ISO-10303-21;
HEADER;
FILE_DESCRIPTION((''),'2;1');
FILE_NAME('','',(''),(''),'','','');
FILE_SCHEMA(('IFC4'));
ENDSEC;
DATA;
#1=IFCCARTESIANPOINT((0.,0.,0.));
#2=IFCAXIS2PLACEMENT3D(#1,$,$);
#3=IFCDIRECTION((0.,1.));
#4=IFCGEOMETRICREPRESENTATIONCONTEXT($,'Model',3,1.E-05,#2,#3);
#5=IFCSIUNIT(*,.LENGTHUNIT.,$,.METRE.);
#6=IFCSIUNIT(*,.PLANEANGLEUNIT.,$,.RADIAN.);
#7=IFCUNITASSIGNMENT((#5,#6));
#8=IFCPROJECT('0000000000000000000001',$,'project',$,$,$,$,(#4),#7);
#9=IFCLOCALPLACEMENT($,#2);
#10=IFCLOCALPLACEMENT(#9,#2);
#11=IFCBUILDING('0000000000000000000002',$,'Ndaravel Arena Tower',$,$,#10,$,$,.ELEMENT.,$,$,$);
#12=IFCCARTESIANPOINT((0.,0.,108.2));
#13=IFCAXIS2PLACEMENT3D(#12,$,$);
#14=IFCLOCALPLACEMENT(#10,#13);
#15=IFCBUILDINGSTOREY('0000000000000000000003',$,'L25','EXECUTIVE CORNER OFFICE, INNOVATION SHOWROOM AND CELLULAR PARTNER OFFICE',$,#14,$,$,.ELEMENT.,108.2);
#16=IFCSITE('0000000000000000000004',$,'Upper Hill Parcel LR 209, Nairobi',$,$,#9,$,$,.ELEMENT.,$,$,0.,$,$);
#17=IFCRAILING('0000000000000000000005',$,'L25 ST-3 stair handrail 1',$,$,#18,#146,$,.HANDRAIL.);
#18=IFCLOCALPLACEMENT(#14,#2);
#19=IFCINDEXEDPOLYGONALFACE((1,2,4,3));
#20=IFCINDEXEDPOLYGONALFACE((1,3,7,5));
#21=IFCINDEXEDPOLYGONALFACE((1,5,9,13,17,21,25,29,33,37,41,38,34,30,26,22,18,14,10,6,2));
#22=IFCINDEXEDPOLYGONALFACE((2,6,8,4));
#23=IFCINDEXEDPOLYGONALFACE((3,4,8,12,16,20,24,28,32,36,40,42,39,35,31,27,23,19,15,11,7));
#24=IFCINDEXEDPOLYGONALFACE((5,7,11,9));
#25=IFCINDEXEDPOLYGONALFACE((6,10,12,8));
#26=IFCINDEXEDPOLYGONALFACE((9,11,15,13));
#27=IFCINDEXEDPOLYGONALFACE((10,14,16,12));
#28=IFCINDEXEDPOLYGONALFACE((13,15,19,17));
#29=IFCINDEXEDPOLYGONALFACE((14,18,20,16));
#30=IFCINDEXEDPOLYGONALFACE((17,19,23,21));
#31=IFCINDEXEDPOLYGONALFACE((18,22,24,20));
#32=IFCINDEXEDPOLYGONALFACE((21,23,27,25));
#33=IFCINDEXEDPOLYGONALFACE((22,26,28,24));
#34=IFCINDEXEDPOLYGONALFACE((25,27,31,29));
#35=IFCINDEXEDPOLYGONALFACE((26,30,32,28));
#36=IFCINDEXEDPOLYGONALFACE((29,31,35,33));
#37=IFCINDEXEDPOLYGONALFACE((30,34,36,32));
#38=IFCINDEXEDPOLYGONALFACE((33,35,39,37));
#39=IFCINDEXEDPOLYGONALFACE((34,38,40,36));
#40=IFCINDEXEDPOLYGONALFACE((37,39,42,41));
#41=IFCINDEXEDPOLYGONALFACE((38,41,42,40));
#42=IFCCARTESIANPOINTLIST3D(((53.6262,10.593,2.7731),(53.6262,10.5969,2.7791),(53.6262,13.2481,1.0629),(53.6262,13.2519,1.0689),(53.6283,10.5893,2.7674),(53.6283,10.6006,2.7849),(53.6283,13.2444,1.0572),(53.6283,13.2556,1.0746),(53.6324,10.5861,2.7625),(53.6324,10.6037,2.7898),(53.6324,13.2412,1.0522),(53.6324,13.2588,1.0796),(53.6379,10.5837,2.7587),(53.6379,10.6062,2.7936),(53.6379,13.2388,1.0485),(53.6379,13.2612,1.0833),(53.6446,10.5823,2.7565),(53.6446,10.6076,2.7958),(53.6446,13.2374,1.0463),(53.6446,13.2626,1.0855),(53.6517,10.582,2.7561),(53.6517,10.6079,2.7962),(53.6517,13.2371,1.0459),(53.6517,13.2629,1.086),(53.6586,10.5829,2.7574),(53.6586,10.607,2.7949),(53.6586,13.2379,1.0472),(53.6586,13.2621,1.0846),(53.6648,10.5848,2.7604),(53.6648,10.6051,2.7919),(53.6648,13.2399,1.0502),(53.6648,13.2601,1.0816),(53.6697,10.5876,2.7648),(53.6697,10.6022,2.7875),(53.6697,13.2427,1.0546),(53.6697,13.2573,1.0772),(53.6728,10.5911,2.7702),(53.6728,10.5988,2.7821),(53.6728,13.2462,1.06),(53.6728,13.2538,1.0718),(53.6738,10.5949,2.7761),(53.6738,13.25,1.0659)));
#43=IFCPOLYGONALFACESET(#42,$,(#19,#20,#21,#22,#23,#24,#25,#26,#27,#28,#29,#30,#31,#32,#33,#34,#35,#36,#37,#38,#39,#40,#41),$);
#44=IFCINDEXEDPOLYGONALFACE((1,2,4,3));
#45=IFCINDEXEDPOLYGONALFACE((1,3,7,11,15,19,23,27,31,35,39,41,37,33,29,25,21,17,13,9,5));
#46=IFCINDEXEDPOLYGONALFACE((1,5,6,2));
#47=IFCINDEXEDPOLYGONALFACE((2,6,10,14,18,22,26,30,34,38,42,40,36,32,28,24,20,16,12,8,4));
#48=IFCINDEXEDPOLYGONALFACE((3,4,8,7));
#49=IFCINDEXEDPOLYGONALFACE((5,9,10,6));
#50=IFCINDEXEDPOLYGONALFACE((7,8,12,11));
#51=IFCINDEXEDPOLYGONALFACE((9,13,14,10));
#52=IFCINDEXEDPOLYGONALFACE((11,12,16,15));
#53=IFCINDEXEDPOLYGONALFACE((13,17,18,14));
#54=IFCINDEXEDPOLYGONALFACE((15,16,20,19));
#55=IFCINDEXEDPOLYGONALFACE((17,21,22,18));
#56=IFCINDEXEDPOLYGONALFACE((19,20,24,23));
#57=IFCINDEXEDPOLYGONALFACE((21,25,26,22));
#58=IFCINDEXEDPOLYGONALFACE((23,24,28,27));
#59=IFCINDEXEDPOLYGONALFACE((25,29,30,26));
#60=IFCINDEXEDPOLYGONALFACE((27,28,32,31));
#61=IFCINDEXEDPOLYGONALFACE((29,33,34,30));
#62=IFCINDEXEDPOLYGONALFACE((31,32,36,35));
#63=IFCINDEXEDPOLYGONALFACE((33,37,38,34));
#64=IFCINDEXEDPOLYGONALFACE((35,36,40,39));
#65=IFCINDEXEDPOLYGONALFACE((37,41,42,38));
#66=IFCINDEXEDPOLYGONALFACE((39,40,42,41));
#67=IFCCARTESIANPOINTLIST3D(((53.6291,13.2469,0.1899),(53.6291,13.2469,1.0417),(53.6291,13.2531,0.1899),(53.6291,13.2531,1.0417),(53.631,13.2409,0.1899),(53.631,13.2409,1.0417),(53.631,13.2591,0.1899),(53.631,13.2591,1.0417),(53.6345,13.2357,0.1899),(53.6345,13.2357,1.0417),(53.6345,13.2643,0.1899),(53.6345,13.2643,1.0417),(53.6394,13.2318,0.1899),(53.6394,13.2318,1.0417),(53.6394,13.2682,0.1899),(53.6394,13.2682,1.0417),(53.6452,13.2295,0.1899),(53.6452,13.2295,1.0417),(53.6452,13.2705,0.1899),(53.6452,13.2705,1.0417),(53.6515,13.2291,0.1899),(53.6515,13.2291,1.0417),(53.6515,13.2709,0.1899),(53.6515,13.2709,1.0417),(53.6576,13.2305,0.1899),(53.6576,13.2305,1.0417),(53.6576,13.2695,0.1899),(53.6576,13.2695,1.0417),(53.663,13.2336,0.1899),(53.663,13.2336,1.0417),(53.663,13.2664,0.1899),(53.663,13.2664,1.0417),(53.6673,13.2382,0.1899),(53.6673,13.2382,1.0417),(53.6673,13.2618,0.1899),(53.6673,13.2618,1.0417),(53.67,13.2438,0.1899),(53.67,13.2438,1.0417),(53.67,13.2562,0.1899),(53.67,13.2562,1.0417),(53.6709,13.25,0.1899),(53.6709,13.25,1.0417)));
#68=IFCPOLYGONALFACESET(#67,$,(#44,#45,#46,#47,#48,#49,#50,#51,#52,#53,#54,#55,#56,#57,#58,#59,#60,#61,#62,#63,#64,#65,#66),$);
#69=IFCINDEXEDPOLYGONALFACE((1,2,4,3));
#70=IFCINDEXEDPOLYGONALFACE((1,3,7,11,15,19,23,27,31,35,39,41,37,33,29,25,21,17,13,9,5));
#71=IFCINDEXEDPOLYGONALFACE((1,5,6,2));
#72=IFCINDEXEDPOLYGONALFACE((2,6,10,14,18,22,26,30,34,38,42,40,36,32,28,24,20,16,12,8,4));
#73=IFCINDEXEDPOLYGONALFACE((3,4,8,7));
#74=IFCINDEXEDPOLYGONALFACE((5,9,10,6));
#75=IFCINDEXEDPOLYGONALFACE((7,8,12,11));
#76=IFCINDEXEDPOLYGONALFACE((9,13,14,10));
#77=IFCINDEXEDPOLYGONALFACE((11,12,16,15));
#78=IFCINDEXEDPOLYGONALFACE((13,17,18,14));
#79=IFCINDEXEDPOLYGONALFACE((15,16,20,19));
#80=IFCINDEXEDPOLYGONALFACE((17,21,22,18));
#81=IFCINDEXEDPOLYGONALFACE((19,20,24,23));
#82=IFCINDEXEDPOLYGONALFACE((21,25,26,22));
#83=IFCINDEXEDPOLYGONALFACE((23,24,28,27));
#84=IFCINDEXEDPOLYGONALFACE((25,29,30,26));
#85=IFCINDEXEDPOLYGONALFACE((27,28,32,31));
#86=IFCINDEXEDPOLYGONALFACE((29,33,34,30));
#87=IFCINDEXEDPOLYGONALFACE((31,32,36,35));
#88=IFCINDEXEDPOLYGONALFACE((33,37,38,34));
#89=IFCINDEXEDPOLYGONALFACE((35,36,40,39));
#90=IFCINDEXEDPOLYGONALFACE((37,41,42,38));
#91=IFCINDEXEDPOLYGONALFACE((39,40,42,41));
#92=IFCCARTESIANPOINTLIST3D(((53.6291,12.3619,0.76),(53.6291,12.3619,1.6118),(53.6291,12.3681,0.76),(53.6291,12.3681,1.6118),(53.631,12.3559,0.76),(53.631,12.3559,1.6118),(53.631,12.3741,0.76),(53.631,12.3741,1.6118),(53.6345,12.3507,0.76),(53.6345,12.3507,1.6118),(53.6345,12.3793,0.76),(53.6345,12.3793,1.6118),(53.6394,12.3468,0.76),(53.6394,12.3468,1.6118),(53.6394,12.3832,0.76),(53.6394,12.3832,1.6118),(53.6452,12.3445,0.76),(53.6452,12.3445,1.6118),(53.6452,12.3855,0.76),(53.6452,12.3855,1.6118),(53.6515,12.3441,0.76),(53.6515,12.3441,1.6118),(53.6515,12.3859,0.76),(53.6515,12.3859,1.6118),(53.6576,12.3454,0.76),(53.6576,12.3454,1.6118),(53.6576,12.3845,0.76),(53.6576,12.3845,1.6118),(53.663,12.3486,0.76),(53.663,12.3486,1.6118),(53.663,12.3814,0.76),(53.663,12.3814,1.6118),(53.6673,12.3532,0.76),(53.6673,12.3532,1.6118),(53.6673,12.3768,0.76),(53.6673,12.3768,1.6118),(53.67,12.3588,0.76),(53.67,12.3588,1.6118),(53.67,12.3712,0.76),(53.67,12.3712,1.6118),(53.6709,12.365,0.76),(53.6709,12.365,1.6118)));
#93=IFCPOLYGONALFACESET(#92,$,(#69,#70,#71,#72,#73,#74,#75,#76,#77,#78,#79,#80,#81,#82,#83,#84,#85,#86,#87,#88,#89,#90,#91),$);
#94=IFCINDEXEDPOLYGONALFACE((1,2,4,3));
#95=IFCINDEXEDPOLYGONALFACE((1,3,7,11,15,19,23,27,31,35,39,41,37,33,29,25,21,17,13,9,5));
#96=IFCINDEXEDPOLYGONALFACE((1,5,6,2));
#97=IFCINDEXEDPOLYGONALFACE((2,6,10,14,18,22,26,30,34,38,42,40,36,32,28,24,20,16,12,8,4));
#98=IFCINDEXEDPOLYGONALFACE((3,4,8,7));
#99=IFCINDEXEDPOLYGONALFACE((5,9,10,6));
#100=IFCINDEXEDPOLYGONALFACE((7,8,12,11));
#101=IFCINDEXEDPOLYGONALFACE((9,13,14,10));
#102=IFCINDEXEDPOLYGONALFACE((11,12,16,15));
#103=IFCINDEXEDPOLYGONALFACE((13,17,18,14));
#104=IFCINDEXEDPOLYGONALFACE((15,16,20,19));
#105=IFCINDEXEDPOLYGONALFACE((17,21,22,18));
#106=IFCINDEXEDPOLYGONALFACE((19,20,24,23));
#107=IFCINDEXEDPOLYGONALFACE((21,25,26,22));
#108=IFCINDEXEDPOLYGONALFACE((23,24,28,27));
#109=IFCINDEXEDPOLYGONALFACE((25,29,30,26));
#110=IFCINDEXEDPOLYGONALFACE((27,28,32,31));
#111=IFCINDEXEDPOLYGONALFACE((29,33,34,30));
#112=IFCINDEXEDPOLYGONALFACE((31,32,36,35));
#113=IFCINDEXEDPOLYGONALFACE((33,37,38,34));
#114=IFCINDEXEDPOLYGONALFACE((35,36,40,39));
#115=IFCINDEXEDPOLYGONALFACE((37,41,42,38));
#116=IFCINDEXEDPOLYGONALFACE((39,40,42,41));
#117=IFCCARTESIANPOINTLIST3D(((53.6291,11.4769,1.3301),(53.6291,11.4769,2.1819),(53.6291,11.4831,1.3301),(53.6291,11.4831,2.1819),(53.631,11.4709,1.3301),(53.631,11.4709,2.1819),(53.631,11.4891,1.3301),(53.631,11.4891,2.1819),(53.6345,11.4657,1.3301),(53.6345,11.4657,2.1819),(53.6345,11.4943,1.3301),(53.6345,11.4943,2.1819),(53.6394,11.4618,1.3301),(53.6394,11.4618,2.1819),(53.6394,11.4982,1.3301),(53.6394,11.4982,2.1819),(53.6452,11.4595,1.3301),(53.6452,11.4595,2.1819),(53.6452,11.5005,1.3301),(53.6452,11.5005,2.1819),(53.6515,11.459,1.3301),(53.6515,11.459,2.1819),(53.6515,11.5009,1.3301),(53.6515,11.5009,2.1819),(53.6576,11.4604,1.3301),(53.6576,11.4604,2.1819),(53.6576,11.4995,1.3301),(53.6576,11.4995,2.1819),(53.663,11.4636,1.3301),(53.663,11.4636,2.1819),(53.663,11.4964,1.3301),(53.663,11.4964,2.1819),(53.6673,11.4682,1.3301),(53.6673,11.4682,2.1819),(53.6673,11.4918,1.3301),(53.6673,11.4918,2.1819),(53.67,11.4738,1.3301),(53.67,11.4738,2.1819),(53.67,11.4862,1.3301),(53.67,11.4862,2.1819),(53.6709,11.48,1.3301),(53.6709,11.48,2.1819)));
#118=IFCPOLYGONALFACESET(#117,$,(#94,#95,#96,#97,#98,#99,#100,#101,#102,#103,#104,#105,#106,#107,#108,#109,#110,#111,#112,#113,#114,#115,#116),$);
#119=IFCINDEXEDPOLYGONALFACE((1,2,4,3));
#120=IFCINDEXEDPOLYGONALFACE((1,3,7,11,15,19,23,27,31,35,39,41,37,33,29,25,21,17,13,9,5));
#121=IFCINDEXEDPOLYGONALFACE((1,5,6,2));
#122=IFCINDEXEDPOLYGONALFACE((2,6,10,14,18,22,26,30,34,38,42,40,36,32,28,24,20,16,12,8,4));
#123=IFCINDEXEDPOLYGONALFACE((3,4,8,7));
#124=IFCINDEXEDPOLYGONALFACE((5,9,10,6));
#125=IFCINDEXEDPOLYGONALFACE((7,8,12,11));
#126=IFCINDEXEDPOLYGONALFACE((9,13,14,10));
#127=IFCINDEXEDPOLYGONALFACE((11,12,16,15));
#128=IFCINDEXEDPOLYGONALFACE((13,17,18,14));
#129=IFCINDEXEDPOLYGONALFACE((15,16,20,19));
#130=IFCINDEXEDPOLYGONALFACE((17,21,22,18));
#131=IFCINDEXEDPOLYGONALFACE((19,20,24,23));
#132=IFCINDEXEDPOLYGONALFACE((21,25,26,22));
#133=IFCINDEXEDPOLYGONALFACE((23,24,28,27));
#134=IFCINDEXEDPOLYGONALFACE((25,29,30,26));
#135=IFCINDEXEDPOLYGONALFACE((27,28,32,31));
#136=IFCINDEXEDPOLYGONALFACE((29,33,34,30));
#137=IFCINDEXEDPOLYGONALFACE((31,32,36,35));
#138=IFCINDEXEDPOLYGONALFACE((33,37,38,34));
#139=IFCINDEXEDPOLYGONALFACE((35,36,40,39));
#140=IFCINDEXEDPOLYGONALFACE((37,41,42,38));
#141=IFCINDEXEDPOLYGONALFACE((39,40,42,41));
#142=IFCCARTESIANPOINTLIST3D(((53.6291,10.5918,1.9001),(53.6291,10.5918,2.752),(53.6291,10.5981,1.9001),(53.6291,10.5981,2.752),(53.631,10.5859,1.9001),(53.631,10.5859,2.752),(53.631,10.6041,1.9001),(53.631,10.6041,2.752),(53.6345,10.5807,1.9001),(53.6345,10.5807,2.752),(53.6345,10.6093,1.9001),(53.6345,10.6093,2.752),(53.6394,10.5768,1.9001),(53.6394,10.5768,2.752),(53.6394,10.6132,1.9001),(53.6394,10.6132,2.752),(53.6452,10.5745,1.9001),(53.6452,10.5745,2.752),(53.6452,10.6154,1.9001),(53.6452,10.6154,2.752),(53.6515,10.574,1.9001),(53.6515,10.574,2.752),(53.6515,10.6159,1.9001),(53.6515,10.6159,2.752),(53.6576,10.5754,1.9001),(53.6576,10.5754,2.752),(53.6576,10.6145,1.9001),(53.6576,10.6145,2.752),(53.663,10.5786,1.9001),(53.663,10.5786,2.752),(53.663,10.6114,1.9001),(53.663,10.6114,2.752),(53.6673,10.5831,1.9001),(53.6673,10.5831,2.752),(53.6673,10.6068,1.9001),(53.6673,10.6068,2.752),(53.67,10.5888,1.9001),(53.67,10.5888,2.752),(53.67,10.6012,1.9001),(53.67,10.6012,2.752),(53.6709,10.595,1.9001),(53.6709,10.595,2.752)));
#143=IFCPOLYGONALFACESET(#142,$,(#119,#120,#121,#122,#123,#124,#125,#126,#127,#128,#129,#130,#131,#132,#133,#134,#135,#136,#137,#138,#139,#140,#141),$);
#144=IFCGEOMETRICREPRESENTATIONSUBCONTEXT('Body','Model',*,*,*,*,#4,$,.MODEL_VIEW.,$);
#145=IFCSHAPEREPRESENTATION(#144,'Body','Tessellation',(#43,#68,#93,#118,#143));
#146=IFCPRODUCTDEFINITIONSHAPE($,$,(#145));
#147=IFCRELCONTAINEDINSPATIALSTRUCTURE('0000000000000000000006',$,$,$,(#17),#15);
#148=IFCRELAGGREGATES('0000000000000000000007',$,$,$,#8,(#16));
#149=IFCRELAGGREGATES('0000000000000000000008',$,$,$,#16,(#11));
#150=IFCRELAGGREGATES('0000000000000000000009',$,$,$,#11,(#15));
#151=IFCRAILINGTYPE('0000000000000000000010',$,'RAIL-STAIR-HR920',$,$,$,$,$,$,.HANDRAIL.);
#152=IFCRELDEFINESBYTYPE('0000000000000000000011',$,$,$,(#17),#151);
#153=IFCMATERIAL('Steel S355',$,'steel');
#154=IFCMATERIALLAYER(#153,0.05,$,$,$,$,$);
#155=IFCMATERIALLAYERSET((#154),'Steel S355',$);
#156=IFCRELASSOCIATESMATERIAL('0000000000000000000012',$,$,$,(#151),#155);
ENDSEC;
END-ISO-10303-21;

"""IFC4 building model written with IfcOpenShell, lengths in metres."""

from ifc_helpers import new_model, si_unit, direction, frame, origin, origin_2d, place, context, subcontext, project, spatial, circle, extrude, material, layer, layer_set, type_object, element, save


model = new_model("IFC4")

# Units and contexts
model_context = context("Model", 3, precision=1e-05, world=origin(), true_north=direction((0.0, 1.0)))
body_context = subcontext(model_context, "Body", "Model", "MODEL_VIEW")
ifc_project = project(units=[si_unit("LENGTHUNIT", "METRE"), si_unit("PLANEANGLEUNIT", "RADIAN")], contexts=[model_context])

# Site, building, storey
site_placement = place(None, origin())
site = spatial("IfcSite", under=ifc_project, at=site_placement, Name="Upper Hill Parcel LR 209, Nairobi", CompositionType="ELEMENT", RefElevation=0.0)
building_placement = place(site_placement, origin())
building = spatial("IfcBuilding", under=site, at=building_placement, Name="Ndaravel Arena Tower", CompositionType="ELEMENT")
storey_placement = place(building_placement, frame((0.0, 0.0, 108.2)))
storey = spatial("IfcBuildingStorey", under=building, at=storey_placement, Name="L25", Description="EXECUTIVE CORNER OFFICE, INNOVATION SHOWROOM AND CELLULAR PARTNER OFFICE", CompositionType="ELEMENT", Elevation=108.2)

# Railing
ifc_material_1 = material(Name="Steel S355", Category="steel")
ifc_layer_1 = layer(ifc_material_1, 0.05)
ifc_layer_set_1 = layer_set([ifc_layer_1], Name="Steel S355")
railing_type_1 = type_object("IfcRailingType", Name="RAIL-STAIR-HR920", PredefinedType="HANDRAIL", material=ifc_layer_set_1)
railing_1_placement = place(storey_placement, frame((53.6499, 13.25, 0.1899)))
element("IfcRailing", 1, at=railing_1_placement, inside=storey, type_object=railing_type_1, Name="L25 ST-3 stair handrail 1", PredefinedType="HANDRAIL", context=body_context, shape_type="SweptSolid", body=[
    extrude(circle(Radius=0.0239, at=origin_2d()), frame((0.0, 0.0, 0.876), z_axis=(0.0, -0.840688, 0.541519), x_axis=(1.0, 0.0, 0.0)), (0.0, 0.0, 1.0), 3.1582),
    extrude(circle(Radius=0.021, at=origin_2d()), origin(), (0.0, 0.0, 1.0), 0.8518),
    extrude(circle(Radius=0.021, at=origin_2d()), frame((0.0, -0.885, 0.5701)), (0.0, 0.0, 1.0), 0.8518),
    extrude(circle(Radius=0.021, at=origin_2d()), frame((0.0, -1.77, 1.1401)), (0.0, 0.0, 1.0), 0.8518),
    extrude(circle(Radius=0.021, at=origin_2d()), frame((0.0, -2.655, 1.7102)), (0.0, 0.0, 1.0), 0.8518),
])

save(model, "model.ifc")
